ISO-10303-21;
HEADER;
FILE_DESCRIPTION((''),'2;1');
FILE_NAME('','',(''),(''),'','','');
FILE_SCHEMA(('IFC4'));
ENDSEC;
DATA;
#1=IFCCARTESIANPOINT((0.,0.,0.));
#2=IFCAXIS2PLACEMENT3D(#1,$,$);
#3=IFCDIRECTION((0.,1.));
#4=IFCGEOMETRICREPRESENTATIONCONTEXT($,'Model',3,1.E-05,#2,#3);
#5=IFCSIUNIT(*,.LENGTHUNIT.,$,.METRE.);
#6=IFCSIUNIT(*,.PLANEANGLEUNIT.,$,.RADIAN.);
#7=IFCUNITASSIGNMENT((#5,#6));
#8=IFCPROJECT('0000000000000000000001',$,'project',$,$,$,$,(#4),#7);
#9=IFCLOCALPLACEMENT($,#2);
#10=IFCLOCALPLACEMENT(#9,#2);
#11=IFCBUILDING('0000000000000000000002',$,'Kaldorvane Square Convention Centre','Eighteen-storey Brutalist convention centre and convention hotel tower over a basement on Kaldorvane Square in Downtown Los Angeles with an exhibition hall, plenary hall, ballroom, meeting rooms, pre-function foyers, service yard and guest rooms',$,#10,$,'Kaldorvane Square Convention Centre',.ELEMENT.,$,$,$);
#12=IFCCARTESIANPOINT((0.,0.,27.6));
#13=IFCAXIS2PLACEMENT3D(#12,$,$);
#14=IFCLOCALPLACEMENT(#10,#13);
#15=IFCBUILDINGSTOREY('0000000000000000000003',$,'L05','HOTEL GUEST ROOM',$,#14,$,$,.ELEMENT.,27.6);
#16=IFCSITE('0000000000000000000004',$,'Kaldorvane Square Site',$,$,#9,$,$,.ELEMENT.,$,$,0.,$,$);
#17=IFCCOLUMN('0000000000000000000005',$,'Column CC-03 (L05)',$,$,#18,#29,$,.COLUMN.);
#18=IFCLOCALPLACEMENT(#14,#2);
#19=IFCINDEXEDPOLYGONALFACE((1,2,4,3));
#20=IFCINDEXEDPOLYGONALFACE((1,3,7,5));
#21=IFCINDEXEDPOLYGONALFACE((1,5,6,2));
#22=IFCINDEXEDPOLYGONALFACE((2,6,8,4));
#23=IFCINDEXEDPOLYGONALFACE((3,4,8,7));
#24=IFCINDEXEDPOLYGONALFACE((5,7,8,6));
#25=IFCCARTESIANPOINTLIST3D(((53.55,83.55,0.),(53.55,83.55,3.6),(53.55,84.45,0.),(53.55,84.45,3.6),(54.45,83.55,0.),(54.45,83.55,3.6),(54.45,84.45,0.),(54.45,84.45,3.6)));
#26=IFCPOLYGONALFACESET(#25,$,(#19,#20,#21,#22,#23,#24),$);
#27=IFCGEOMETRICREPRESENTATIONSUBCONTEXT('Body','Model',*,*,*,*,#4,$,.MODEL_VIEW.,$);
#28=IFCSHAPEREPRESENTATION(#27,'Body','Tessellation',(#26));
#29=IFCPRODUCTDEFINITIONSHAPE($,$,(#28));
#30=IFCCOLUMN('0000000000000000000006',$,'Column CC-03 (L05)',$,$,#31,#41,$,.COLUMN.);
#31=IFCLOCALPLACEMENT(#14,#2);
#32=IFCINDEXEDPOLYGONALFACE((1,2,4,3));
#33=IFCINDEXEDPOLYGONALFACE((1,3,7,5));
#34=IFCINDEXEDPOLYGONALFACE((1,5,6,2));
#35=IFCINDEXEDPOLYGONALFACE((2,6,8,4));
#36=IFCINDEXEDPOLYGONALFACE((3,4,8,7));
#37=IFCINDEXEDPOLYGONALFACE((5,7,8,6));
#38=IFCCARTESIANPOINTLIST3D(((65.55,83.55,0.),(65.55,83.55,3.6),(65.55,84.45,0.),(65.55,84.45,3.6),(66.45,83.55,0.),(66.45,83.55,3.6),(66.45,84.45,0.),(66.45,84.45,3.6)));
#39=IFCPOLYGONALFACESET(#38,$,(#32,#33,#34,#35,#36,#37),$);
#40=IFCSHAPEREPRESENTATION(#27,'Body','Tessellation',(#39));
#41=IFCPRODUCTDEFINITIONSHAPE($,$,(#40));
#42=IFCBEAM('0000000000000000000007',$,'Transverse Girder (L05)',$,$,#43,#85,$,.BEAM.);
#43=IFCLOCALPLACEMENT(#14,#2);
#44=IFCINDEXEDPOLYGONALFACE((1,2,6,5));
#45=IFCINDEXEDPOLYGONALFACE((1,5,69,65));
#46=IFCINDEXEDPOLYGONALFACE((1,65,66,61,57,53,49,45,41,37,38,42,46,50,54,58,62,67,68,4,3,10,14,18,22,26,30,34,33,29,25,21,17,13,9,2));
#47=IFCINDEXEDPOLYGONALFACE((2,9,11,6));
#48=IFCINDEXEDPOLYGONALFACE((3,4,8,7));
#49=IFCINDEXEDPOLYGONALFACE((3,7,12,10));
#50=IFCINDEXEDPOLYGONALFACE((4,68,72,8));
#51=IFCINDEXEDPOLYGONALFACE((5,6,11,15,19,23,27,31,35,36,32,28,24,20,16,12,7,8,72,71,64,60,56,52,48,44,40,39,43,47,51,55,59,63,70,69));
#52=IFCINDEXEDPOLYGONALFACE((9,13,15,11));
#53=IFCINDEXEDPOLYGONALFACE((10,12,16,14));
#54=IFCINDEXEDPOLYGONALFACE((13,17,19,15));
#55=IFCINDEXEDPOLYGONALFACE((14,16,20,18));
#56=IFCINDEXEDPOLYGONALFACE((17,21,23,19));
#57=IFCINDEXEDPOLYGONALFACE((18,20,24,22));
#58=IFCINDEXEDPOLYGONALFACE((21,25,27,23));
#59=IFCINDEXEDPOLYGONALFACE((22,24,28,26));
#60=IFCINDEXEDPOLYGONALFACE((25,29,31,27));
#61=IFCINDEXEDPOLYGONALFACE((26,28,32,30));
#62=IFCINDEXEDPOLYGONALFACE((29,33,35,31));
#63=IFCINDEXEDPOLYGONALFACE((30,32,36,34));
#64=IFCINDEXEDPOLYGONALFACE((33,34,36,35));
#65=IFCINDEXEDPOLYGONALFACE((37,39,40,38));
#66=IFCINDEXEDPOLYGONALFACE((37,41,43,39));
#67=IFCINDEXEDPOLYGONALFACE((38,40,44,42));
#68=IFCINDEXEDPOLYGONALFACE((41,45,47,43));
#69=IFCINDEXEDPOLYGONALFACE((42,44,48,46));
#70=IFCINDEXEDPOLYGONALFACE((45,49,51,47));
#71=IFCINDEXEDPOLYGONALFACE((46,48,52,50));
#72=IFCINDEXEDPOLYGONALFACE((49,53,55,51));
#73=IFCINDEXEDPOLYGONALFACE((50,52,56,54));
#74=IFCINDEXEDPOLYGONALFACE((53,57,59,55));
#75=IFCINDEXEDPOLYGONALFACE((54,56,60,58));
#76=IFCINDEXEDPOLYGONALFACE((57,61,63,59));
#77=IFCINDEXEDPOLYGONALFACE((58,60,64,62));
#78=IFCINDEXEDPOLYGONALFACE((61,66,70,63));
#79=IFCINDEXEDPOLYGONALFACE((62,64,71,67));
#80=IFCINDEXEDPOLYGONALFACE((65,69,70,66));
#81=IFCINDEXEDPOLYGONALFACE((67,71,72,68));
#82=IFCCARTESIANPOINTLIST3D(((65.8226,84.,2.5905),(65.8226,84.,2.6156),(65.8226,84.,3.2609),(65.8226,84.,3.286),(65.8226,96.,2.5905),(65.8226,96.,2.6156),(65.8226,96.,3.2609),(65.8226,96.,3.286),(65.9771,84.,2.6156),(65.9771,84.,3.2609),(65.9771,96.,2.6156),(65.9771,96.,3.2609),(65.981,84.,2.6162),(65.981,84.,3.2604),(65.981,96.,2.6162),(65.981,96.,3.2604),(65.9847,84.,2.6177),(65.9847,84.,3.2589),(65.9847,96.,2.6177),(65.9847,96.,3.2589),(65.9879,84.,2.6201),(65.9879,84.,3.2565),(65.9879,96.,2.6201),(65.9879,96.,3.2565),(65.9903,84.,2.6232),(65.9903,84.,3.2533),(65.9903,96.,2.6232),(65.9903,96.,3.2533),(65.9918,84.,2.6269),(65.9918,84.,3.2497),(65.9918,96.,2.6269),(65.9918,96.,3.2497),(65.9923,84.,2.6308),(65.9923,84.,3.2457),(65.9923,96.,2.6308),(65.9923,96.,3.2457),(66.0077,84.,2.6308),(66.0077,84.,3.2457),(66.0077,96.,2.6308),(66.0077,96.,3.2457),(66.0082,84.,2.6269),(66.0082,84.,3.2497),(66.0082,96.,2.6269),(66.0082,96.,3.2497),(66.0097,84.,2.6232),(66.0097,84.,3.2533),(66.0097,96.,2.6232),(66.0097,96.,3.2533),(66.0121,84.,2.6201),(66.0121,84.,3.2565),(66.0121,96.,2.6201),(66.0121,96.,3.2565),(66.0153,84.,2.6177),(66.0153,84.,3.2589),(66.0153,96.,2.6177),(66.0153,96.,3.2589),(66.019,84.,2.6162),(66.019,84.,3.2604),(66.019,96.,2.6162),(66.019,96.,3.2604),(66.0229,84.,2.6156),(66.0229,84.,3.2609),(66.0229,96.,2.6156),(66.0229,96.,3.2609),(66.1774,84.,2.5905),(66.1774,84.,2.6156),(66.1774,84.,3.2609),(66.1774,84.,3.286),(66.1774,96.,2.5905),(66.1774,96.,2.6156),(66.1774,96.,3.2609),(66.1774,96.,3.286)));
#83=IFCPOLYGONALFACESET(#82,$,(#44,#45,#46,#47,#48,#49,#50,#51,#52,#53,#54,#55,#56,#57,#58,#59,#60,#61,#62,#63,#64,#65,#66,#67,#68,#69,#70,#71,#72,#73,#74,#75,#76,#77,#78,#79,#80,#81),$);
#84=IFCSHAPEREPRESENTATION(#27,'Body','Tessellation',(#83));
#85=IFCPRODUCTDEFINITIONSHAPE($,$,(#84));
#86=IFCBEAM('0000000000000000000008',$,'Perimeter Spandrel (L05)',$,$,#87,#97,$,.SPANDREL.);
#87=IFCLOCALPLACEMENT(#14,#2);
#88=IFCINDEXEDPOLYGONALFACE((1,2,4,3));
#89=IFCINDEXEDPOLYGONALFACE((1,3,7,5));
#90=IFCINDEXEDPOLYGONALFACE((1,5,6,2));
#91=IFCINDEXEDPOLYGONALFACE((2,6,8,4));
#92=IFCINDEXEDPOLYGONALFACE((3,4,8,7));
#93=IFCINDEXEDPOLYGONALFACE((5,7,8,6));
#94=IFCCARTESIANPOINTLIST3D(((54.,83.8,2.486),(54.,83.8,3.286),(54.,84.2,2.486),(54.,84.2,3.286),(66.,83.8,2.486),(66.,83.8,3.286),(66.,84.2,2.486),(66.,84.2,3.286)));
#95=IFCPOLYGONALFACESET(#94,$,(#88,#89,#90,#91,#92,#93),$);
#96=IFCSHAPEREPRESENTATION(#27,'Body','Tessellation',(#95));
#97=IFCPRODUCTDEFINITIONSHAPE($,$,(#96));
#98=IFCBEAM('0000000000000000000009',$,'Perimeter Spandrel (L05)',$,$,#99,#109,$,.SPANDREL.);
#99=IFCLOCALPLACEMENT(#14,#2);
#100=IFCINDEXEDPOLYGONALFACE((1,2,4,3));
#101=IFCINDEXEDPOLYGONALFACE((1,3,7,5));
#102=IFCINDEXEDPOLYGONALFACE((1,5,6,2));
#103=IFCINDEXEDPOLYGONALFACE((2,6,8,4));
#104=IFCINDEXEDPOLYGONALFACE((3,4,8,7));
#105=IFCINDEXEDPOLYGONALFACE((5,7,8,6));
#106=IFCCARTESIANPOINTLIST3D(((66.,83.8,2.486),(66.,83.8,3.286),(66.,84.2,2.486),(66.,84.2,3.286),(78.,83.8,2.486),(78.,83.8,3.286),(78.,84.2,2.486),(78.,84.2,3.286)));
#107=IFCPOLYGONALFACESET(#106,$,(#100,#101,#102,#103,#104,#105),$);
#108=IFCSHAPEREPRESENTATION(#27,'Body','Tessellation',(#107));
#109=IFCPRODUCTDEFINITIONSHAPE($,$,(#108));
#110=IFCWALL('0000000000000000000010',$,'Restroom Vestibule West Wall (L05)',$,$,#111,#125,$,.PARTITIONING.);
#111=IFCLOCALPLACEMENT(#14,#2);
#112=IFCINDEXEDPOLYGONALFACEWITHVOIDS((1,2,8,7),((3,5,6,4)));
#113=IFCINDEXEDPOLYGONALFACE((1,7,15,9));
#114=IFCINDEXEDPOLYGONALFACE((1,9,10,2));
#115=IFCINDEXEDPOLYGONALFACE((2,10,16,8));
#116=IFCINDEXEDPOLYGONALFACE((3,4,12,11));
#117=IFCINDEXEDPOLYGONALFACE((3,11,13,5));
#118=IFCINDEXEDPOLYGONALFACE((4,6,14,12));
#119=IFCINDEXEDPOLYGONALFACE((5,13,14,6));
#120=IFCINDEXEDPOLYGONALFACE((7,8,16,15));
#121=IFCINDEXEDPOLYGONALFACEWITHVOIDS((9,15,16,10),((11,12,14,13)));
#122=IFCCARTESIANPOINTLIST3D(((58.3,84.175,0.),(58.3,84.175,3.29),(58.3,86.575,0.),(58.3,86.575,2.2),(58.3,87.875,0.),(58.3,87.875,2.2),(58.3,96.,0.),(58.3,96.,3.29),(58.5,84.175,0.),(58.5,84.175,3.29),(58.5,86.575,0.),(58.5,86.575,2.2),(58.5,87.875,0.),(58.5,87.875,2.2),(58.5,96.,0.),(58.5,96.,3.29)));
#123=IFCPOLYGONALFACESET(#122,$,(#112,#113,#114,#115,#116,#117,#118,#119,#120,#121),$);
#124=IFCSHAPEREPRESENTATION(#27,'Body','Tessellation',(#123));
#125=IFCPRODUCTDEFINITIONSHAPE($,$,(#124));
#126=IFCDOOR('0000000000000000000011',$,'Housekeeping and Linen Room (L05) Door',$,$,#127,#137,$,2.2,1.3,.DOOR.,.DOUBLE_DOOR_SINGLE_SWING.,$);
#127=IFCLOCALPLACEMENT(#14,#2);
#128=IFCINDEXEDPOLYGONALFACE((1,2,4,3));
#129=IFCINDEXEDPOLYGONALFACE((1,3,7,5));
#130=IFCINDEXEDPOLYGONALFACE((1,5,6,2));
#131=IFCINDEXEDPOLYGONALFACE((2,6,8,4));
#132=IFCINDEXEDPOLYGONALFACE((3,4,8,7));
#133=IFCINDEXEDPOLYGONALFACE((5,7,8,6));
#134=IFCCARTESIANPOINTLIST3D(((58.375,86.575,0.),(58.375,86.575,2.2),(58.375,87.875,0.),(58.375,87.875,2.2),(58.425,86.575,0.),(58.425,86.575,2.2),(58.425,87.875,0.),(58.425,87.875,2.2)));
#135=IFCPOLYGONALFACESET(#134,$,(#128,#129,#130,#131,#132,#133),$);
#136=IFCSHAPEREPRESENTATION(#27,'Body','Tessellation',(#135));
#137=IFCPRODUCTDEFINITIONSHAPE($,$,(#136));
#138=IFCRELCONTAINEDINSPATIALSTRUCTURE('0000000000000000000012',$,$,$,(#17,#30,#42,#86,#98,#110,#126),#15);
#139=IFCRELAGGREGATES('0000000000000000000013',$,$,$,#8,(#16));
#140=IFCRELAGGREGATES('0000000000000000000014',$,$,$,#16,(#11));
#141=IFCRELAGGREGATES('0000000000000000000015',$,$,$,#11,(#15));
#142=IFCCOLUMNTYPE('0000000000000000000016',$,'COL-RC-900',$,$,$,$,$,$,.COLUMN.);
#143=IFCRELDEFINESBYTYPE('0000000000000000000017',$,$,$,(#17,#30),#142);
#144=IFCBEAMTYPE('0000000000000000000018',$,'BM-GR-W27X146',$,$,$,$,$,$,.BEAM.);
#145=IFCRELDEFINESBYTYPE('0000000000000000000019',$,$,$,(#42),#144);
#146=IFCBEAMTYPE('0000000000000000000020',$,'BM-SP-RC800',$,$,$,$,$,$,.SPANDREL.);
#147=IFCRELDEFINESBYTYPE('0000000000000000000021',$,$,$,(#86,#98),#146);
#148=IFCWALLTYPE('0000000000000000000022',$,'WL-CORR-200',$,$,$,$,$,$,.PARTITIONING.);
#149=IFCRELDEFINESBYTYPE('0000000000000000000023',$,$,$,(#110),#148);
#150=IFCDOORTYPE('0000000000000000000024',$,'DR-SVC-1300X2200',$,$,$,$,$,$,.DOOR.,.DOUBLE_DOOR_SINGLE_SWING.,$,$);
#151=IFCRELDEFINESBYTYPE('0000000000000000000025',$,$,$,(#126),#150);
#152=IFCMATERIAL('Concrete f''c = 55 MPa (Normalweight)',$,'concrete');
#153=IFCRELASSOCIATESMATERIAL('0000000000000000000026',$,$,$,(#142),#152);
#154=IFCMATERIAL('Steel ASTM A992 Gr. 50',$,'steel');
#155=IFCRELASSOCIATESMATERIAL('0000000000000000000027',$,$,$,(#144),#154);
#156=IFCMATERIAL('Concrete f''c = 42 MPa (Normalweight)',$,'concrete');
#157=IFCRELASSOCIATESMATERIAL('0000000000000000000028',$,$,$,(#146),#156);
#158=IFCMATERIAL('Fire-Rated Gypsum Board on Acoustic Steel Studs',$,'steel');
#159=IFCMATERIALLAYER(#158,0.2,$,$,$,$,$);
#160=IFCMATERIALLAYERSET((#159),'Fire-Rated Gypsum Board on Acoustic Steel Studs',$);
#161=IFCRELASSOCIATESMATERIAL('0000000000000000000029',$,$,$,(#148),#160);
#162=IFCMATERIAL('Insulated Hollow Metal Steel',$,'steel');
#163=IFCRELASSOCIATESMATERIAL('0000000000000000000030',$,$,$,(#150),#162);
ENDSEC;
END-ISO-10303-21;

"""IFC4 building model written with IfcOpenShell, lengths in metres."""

from ifc_helpers import new_model, si_unit, direction, frame, frame_2d, origin, origin_2d, place, context, subcontext, project, spatial, rectangle, i_section, extrude, material, layer, layer_set, material_profile, profile_set, type_object, element, fill, save


model = new_model("IFC4")

# Units and contexts
model_context = context("Model", 3, precision=1e-05, world=origin(), true_north=direction((0.0, 1.0)))
body_context = subcontext(model_context, "Body", "Model", "MODEL_VIEW")
ifc_project = project(units=[si_unit("LENGTHUNIT", "METRE"), si_unit("PLANEANGLEUNIT", "RADIAN")], contexts=[model_context])

# Site, building, storey
site_placement = place(None, origin())
site = spatial("IfcSite", under=ifc_project, at=site_placement, Name="Kaldorvane Square Site", CompositionType="ELEMENT", RefElevation=0.0)
building_placement = place(site_placement, origin())
building = spatial("IfcBuilding", under=site, at=building_placement, Name="Kaldorvane Square Convention Centre", Description="Eighteen-storey Brutalist convention centre and convention hotel tower over a basement on Kaldorvane Square in Downtown Los Angeles with an exhibition hall, plenary hall, ballroom, meeting rooms, pre-function foyers, service yard and guest rooms", LongName="Kaldorvane Square Convention Centre", CompositionType="ELEMENT")
storey_placement = place(building_placement, frame((0.0, 0.0, 27.6)))
storey = spatial("IfcBuildingStorey", under=building, at=storey_placement, Name="L05", Description="HOTEL GUEST ROOM", CompositionType="ELEMENT", Elevation=27.6)

# Columns
ifc_material_1 = material(Name="Concrete f'c = 55 MPa (Normalweight)", Category="concrete")
ifc_material_profile_1 = material_profile(ifc_material_1, rectangle(XDim=0.9, YDim=0.9, at=origin_2d()), Name="RC900X900")
ifc_profile_set_1 = profile_set([ifc_material_profile_1], Name="Concrete f'c = 55 MPa (Normalweight)")
column_type = type_object("IfcColumnType", Name="COL-RC-900", PredefinedType="COLUMN", material=ifc_profile_set_1)
for number, where, z_axis, x_axis, name in (
    (1, (54.0, 84.0, 0.0), (0.0, 0.0, 1.0), (1.0, 0.0, 0.0), "Column CC-03 (L05)"),
    (2, (66.0, 84.0, 0.0), (0.0, 0.0, 1.0), (1.0, 0.0, 0.0), "Column CC-03 (L05)"),
):
    element("IfcColumn", number, at=place(storey_placement, frame(where, z_axis=z_axis, x_axis=x_axis)), inside=storey, type_object=column_type, Name=name, PredefinedType="COLUMN", context=body_context, shape_type="SweptSolid", body=[
        extrude(rectangle(XDim=0.9, YDim=0.9, at=origin_2d()), origin(), (0.0, 0.0, 1.0), 3.6),
    ])

# Beams
ifc_material_2 = material(Name="Steel ASTM A992 Gr. 50", Category="steel")
ifc_material_profile_2 = material_profile(ifc_material_2, i_section(OverallWidth=0.3547, OverallDepth=0.6955, WebThickness=0.0154, FlangeThickness=0.0251, FilletRadius=0.0152, at=origin_2d()), Name="W27X146")
ifc_profile_set_2 = profile_set([ifc_material_profile_2], Name="Steel ASTM A992 Gr. 50")
beam_type_1 = type_object("IfcBeamType", Name="BM-GR-W27X146", PredefinedType="BEAM", material=ifc_profile_set_2)
beam_placement = place(storey_placement, frame((66.0, 84.0, 2.9383), z_axis=(0.0, 1.0, 0.0), x_axis=(-1.0, 0.0, 0.0)))
element("IfcBeam", 3, at=beam_placement, inside=storey, type_object=beam_type_1, Name="Transverse Girder (L05)", PredefinedType="BEAM", context=body_context, shape_type="SweptSolid", body=[
    extrude(i_section(OverallWidth=0.3547, OverallDepth=0.6955, WebThickness=0.0154, FlangeThickness=0.0251, FilletRadius=0.0152, at=origin_2d()), origin(), (0.0, 0.0, 1.0), 12.0),
])
ifc_material_3 = material(Name="Concrete f'c = 42 MPa (Normalweight)", Category="concrete")
ifc_material_profile_3 = material_profile(ifc_material_3, rectangle(XDim=0.4, YDim=0.8, at=origin_2d()), Name="RCSP800X400")
ifc_profile_set_3 = profile_set([ifc_material_profile_3], Name="Concrete f'c = 42 MPa (Normalweight)")
beam_type_2 = type_object("IfcBeamType", Name="BM-SP-RC800", PredefinedType="SPANDREL", material=ifc_profile_set_3)
for number, where, z_axis, x_axis, name in (
    (4, (54.0, 84.0, 2.886), (1.0, 0.0, 0.0), (0.0, 1.0, 0.0), "Perimeter Spandrel (L05)"),
    (5, (66.0, 84.0, 2.886), (1.0, 0.0, 0.0), (0.0, 1.0, 0.0), "Perimeter Spandrel (L05)"),
):
    element("IfcBeam", number, at=place(storey_placement, frame(where, z_axis=z_axis, x_axis=x_axis)), inside=storey, type_object=beam_type_2, Name=name, PredefinedType="SPANDREL", context=body_context, shape_type="SweptSolid", body=[
        extrude(rectangle(XDim=0.4, YDim=0.8, at=origin_2d()), origin(), (0.0, 0.0, 1.0), 12.0),
    ])

# Wall, opening, door
ifc_material_4 = material(Name="Fire-Rated Gypsum Board on Acoustic Steel Studs", Category="steel")
ifc_layer_1 = layer(ifc_material_4, 0.2)
ifc_layer_set_1 = layer_set([ifc_layer_1], Name="Fire-Rated Gypsum Board on Acoustic Steel Studs")
wall_type_1 = type_object("IfcWallType", Name="WL-CORR-200", PredefinedType="PARTITIONING", material=ifc_layer_set_1)
wall_1_placement = place(storey_placement, frame((58.4, 84.175, 0.0), z_axis=(0.0, 0.0, 1.0), x_axis=(0.0, 1.0, 0.0)))
wall_1 = element("IfcWall", 6, at=wall_1_placement, inside=storey, type_object=wall_type_1, Name="Restroom Vestibule West Wall (L05)", PredefinedType="PARTITIONING", context=body_context, shape_type="SweptSolid", body=[
    extrude(rectangle(XDim=11.825, YDim=0.2, at=frame_2d((5.9125, 0.0))), origin(), (0.0, 0.0, 1.0), 3.29),
])
opening_1_placement = place(wall_1_placement, frame((2.4, 0.0, 0.0)))
opening_1 = element("IfcOpeningElement", 7, at=opening_1_placement, cuts=wall_1, PredefinedType="OPENING", context=body_context, shape_type="SweptSolid", body=[
    extrude(rectangle(XDim=1.3, YDim=2.2, at=frame_2d((0.65, 1.1))), frame((0.0, 0.115, 0.0), z_axis=(0.0, -1.0, 0.0), x_axis=(1.0, 0.0, 0.0)), (0.0, 0.0, 1.0), 0.23),
])
ifc_material_5 = material(Name="Insulated Hollow Metal Steel", Category="steel")
door_type_1 = type_object("IfcDoorType", Name="DR-SVC-1300X2200", OperationType="DOUBLE_DOOR_SINGLE_SWING", PredefinedType="DOOR", material=ifc_material_5)
door_1_placement = place(opening_1_placement, origin())
door_1 = element("IfcDoor", 8, at=door_1_placement, inside=storey, type_object=door_type_1, Name="Housekeeping and Linen Room (L05) Door", OperationType="DOUBLE_DOOR_SINGLE_SWING", OverallHeight=2.2, OverallWidth=1.3, PredefinedType="DOOR", context=body_context, shape_type="SweptSolid", body=[
    extrude(rectangle(XDim=1.3, YDim=2.2, at=frame_2d((0.65, 1.1))), frame((0.0, 0.025, 0.0), z_axis=(0.0, -1.0, 0.0), x_axis=(1.0, 0.0, 0.0)), (0.0, 0.0, 1.0), 0.05),
])
fill(opening_1, door_1)

save(model, "model.ifc")
